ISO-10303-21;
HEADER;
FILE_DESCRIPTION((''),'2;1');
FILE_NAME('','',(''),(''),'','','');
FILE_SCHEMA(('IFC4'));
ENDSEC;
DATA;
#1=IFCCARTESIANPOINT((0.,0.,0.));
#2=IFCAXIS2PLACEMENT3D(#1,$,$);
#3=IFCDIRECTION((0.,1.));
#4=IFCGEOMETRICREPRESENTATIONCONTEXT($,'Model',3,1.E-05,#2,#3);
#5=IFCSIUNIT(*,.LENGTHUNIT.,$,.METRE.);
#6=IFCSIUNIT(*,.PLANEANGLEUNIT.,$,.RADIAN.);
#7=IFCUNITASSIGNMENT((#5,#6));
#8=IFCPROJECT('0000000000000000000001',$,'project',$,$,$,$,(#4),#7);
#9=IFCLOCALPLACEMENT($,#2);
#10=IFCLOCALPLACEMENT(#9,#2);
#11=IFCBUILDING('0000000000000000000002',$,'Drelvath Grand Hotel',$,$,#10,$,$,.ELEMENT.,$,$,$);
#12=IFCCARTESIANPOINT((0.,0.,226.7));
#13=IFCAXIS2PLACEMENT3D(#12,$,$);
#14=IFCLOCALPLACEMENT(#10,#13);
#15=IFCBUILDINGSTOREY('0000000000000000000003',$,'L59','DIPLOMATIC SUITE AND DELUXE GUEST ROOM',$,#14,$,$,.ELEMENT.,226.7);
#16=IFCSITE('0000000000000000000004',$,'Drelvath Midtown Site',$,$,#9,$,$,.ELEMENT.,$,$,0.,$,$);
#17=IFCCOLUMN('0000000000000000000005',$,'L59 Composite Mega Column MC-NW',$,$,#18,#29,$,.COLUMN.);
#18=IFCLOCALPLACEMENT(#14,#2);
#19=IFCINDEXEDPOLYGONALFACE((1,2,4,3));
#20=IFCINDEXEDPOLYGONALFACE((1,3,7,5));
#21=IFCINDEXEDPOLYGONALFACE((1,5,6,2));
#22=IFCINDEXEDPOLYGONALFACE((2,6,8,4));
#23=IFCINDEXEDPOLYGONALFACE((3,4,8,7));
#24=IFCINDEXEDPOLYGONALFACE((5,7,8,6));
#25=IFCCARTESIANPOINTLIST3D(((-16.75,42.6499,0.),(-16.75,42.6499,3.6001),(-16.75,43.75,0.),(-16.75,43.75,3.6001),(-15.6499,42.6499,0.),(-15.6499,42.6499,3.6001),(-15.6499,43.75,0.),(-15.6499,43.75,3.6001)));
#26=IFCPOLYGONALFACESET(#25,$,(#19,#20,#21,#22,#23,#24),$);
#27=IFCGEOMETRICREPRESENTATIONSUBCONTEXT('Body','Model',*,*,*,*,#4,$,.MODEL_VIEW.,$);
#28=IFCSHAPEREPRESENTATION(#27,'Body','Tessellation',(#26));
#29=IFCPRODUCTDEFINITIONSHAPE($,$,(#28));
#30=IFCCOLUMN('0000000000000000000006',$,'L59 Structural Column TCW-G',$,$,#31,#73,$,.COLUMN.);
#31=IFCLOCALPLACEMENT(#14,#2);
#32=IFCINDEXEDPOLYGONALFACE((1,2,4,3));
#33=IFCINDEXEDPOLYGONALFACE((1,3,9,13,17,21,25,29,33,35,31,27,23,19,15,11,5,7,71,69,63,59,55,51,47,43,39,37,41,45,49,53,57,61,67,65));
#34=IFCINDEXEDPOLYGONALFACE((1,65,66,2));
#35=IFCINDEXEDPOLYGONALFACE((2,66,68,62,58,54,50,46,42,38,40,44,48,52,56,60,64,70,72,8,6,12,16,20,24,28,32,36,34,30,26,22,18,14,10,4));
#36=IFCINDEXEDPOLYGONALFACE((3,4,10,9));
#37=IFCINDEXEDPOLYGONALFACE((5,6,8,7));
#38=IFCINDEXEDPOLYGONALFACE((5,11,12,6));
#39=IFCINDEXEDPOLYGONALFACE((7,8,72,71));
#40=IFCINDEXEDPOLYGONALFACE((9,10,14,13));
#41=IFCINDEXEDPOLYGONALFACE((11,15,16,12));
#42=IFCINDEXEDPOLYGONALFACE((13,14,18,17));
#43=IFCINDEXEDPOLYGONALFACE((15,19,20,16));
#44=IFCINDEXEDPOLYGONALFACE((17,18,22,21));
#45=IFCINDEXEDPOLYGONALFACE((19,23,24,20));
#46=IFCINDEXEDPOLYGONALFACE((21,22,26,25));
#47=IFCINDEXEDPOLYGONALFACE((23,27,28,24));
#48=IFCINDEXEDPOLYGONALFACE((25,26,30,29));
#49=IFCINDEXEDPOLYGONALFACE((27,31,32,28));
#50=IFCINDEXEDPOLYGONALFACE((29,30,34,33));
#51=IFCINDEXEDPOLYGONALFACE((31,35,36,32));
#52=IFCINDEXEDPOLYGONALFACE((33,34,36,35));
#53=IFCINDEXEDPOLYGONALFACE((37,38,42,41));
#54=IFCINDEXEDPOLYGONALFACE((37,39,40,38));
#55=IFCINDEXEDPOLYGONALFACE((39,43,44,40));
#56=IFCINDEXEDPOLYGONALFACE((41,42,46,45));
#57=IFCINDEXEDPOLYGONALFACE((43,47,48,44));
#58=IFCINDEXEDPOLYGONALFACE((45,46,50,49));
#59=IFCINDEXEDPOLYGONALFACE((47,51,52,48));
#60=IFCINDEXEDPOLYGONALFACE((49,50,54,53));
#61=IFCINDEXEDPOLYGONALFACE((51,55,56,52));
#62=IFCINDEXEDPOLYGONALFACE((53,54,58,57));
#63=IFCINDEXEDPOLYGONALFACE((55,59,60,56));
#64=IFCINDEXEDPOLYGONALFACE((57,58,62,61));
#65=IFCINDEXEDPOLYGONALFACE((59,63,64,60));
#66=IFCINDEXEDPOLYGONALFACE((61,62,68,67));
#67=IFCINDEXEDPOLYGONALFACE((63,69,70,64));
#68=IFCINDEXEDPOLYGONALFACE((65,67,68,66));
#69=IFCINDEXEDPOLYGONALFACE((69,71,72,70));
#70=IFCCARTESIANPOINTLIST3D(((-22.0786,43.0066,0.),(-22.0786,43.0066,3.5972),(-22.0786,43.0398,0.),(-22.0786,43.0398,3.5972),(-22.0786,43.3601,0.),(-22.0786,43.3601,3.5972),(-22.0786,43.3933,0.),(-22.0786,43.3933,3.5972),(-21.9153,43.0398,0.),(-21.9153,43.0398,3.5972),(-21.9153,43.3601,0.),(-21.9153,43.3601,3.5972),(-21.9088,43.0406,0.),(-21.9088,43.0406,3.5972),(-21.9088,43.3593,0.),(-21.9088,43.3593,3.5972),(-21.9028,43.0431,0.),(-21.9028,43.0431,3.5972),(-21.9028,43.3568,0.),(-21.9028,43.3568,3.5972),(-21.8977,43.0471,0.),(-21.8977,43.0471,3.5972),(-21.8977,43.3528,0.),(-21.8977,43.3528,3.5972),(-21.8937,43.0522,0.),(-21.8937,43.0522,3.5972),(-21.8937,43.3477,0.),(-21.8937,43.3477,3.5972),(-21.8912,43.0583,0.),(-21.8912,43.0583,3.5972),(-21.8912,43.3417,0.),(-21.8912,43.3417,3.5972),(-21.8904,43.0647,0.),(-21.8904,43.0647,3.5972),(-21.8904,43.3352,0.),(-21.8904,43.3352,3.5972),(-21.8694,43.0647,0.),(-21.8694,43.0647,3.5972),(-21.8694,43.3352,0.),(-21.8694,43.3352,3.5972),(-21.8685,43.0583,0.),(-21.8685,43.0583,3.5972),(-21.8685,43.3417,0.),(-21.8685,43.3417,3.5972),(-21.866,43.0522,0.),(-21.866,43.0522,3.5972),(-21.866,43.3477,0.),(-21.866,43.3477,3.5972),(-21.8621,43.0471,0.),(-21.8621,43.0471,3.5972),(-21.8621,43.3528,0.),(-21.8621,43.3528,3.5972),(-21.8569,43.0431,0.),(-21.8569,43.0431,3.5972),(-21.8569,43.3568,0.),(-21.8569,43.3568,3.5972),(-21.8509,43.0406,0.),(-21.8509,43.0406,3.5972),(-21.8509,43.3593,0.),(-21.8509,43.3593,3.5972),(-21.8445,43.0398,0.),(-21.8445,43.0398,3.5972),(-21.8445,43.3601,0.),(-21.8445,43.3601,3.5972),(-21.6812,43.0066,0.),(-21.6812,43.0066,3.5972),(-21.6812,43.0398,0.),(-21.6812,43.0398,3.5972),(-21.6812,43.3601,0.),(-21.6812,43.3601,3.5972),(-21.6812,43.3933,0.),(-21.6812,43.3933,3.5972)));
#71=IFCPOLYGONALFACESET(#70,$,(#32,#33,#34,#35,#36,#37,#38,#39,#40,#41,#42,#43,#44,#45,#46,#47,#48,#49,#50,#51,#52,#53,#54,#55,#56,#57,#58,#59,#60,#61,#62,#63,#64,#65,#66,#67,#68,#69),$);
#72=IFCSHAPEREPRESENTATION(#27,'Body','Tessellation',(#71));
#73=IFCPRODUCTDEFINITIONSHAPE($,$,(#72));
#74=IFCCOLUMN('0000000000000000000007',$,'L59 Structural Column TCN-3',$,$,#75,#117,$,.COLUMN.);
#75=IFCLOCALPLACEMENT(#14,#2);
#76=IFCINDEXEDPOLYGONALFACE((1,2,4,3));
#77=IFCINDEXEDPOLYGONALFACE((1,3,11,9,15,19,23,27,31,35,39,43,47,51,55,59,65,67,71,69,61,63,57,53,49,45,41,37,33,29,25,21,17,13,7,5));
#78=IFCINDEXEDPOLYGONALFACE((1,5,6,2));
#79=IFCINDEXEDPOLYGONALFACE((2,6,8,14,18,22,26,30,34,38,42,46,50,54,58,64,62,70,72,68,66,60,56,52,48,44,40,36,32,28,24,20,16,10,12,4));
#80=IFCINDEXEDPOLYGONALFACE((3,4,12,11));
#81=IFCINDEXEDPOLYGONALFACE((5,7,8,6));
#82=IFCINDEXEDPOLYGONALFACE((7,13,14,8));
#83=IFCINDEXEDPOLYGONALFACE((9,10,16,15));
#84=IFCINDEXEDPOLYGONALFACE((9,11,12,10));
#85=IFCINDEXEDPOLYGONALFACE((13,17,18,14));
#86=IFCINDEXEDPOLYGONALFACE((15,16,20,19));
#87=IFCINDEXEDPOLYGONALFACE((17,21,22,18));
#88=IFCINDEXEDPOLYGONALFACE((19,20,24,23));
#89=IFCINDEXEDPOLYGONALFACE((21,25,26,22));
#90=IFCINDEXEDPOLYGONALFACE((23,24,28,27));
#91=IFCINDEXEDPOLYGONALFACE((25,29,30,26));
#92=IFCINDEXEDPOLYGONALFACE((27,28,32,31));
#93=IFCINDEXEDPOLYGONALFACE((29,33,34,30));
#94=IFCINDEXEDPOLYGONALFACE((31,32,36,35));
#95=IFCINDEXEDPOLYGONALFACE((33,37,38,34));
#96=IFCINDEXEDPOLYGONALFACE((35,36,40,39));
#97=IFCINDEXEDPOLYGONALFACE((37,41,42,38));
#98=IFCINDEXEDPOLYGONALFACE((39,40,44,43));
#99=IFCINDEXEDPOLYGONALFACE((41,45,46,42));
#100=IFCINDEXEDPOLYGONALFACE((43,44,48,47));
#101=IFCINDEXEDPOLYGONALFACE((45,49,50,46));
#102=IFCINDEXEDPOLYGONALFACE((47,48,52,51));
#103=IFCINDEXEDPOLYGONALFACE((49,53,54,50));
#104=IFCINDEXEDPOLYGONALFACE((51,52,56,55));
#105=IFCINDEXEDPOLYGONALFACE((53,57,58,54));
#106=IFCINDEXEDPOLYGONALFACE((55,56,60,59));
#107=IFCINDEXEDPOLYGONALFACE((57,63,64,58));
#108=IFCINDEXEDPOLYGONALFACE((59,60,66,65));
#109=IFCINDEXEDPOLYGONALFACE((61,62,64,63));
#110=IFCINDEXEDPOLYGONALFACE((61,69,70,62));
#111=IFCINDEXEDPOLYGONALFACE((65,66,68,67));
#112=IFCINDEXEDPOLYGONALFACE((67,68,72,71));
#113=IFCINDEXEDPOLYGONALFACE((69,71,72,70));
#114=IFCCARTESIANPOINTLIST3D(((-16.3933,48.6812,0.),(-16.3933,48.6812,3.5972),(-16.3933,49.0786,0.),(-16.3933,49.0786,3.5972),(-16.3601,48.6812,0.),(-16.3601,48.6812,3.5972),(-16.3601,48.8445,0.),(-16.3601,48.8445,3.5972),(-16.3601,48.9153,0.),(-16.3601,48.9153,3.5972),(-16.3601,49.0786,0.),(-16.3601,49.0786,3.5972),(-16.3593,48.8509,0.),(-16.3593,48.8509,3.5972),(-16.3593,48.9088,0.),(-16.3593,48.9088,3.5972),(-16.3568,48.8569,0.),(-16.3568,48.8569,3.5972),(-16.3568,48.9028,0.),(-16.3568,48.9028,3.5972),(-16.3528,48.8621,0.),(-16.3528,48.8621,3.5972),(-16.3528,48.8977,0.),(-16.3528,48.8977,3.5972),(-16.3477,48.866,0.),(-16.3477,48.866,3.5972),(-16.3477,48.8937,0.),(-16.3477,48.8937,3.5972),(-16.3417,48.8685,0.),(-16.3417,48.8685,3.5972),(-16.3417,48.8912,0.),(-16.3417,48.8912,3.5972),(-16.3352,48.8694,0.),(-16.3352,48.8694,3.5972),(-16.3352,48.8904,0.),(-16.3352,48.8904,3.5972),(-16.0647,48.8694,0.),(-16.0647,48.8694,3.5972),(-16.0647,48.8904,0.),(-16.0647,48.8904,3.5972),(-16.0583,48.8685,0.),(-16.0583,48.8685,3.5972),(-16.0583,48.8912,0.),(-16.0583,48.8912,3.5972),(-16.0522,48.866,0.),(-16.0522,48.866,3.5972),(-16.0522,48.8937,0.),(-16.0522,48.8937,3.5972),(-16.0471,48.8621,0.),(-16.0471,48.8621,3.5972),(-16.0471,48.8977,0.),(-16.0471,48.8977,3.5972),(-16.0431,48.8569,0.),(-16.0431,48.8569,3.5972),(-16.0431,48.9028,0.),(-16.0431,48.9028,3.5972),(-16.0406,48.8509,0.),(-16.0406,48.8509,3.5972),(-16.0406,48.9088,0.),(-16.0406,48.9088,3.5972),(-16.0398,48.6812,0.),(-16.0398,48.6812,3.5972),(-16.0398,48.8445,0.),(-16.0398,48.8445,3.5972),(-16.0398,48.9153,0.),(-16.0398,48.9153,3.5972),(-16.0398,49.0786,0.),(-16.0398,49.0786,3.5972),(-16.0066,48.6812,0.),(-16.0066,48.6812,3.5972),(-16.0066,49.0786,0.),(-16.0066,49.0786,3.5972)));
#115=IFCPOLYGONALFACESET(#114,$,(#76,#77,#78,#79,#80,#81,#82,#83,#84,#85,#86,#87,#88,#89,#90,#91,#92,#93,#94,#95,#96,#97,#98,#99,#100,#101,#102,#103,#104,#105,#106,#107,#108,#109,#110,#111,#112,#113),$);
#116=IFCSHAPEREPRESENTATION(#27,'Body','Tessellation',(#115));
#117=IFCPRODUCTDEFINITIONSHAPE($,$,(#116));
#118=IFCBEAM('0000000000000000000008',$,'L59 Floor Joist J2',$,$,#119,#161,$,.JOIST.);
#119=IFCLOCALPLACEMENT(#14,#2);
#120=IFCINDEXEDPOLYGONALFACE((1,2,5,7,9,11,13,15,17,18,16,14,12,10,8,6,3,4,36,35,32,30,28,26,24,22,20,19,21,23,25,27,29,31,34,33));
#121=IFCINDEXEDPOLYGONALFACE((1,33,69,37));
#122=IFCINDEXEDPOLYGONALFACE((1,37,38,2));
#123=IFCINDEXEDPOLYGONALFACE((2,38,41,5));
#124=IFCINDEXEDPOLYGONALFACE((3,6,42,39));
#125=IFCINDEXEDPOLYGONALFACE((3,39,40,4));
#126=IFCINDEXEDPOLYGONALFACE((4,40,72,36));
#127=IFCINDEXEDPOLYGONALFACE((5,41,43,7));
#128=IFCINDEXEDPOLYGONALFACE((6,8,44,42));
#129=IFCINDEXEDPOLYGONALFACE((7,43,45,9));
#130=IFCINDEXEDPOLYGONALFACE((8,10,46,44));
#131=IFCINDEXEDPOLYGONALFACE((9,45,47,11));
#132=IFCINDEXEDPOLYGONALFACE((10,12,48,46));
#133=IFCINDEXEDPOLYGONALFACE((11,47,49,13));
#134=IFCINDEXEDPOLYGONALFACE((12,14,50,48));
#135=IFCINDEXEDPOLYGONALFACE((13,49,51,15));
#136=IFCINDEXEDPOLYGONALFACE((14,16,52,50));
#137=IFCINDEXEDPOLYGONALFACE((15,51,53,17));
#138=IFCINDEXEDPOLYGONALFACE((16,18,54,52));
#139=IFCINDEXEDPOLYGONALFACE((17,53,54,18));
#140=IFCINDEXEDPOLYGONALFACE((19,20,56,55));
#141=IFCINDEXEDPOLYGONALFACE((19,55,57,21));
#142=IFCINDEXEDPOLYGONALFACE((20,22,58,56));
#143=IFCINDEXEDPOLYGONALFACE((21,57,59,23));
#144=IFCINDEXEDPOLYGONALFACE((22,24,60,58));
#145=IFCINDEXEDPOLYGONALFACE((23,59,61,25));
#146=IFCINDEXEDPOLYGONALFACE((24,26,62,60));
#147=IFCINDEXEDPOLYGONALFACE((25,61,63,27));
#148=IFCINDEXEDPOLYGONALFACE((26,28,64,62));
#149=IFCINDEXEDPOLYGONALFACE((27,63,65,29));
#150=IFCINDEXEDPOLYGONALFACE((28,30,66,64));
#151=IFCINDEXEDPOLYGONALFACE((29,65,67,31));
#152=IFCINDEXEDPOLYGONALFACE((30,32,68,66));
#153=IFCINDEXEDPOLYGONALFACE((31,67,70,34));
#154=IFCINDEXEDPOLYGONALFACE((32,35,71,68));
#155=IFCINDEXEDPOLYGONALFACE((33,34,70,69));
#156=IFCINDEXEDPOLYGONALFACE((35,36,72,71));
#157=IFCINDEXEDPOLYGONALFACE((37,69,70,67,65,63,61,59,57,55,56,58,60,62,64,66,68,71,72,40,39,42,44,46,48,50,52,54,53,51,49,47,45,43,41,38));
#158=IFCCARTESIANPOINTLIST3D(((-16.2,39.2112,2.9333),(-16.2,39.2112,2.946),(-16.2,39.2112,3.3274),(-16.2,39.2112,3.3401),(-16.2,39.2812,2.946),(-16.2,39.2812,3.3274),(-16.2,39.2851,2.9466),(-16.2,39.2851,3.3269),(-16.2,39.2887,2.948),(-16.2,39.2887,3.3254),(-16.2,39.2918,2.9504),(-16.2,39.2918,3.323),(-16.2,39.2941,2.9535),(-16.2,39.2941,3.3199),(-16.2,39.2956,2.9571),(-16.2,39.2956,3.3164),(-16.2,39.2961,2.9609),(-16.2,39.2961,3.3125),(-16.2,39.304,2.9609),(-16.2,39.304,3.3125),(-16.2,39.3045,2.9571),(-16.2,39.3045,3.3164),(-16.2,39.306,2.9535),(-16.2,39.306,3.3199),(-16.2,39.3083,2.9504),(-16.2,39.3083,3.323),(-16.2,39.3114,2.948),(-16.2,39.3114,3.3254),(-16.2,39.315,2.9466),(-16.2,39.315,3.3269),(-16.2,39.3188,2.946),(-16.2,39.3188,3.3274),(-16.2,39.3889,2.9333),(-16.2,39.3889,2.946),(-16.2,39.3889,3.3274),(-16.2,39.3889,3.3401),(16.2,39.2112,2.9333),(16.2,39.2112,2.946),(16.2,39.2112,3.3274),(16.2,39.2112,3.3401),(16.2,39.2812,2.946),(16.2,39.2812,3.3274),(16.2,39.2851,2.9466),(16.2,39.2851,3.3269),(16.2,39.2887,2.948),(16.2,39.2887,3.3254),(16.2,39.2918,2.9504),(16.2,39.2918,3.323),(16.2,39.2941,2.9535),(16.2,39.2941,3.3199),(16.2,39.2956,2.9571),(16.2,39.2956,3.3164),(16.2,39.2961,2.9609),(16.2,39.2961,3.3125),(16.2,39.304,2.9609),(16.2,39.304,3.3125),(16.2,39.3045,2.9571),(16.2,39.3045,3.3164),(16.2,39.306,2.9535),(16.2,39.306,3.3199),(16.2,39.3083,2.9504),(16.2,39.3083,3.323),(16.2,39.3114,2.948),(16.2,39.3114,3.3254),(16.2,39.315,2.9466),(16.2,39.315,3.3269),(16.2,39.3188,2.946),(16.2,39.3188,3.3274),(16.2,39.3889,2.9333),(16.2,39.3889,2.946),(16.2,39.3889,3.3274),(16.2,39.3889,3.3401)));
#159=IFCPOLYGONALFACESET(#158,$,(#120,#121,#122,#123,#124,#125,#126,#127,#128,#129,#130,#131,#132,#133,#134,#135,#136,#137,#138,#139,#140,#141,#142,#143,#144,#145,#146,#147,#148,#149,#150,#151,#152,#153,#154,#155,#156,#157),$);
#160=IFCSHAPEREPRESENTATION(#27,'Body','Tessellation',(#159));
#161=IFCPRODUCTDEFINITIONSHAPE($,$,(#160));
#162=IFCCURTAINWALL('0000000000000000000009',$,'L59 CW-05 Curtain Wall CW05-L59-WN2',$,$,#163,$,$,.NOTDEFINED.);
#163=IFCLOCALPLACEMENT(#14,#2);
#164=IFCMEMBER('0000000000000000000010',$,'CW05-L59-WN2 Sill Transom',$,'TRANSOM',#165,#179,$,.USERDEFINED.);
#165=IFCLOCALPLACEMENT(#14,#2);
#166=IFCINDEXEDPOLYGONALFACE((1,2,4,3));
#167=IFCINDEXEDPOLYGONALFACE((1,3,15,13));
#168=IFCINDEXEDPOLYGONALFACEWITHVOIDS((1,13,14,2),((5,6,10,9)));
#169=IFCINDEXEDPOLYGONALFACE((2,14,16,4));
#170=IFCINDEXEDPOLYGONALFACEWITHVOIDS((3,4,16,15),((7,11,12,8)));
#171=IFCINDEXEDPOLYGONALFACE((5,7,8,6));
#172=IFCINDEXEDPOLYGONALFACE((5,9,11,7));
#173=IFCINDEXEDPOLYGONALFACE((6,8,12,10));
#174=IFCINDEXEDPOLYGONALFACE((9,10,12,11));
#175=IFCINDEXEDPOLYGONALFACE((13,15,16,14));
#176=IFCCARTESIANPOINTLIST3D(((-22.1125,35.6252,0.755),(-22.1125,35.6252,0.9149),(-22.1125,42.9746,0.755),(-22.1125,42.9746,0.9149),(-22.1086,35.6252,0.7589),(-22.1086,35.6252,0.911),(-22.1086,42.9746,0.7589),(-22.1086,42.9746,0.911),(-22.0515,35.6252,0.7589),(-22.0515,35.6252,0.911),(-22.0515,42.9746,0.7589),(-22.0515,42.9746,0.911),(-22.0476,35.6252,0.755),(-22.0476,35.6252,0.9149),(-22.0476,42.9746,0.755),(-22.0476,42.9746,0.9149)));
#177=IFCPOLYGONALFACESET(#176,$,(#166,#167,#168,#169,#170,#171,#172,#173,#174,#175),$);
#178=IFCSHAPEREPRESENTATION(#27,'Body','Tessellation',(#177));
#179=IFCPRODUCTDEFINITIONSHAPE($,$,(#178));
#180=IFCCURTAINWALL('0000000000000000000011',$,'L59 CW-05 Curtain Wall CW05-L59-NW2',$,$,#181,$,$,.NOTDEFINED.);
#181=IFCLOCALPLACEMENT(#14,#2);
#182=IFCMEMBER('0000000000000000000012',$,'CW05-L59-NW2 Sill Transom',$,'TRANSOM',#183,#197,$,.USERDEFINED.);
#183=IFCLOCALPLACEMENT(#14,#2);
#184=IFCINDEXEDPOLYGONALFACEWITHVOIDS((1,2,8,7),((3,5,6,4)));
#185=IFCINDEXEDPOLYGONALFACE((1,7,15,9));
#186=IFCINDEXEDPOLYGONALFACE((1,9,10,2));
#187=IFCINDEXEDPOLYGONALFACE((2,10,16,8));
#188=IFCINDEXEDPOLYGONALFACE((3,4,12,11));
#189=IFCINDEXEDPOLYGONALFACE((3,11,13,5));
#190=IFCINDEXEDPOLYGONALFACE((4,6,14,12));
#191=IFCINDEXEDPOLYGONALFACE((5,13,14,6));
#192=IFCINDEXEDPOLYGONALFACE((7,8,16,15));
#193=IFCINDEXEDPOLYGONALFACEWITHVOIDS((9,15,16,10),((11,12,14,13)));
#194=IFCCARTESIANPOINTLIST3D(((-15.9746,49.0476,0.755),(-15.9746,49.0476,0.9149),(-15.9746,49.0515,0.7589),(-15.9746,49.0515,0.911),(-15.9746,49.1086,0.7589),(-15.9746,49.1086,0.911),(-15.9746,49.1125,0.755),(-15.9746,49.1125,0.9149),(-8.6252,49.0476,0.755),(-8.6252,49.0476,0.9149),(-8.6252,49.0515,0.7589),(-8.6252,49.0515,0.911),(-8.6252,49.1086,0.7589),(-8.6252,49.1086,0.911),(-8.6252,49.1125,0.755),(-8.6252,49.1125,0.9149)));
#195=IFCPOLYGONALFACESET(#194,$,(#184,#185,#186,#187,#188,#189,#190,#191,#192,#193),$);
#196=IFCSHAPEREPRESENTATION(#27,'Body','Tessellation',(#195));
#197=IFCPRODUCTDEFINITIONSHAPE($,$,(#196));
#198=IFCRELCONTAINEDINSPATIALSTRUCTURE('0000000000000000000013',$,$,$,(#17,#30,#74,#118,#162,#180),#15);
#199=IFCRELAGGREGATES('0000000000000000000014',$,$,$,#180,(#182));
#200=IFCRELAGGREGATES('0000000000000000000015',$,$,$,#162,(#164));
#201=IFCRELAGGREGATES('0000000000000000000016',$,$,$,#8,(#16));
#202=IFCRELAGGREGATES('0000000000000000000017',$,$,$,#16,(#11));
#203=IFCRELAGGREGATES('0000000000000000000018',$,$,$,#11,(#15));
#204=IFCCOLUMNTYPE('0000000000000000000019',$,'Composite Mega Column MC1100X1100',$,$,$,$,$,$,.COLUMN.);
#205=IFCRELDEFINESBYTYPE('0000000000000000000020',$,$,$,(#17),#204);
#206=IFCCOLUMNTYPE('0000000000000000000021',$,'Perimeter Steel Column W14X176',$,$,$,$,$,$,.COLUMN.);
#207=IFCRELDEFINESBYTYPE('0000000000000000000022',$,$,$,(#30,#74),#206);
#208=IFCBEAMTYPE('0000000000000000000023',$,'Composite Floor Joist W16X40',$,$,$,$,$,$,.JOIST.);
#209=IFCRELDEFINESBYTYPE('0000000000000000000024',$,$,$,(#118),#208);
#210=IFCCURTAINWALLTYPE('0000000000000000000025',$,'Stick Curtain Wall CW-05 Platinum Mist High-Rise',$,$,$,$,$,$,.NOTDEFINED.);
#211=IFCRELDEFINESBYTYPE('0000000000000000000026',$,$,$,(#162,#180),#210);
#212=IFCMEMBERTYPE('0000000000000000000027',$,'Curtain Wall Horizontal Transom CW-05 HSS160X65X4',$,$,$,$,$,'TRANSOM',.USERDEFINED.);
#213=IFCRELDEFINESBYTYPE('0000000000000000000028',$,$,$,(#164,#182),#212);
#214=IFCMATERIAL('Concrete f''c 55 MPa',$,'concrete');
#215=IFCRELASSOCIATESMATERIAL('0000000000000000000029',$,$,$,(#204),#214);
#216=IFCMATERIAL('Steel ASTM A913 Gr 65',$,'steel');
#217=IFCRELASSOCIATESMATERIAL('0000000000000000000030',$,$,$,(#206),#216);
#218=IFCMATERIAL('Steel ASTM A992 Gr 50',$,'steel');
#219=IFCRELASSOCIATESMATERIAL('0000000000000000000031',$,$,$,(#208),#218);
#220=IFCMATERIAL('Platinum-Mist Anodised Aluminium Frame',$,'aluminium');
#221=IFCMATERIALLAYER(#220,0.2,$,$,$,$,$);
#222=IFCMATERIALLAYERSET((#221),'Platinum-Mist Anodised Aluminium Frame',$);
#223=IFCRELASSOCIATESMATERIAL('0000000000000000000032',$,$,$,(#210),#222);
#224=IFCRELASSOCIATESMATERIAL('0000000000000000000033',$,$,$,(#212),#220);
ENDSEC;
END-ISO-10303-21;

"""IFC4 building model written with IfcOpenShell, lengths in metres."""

from ifc_helpers import new_model, si_unit, direction, frame, origin, origin_2d, place, context, subcontext, project, spatial, rectangle, hollow_rectangle, i_section, extrude, material, layer, layer_set, material_profile, profile_set, type_object, element, aggregate, save


model = new_model("IFC4")

# Units and contexts
model_context = context("Model", 3, precision=1e-05, world=origin(), true_north=direction((0.0, 1.0)))
body_context = subcontext(model_context, "Body", "Model", "MODEL_VIEW")
ifc_project = project(units=[si_unit("LENGTHUNIT", "METRE"), si_unit("PLANEANGLEUNIT", "RADIAN")], contexts=[model_context])

# Site, building, storey
site_placement = place(None, origin())
site = spatial("IfcSite", under=ifc_project, at=site_placement, Name="Drelvath Midtown Site", CompositionType="ELEMENT", RefElevation=0.0)
building_placement = place(site_placement, origin())
building = spatial("IfcBuilding", under=site, at=building_placement, Name="Drelvath Grand Hotel", CompositionType="ELEMENT")
storey_placement = place(building_placement, frame((0.0, 0.0, 226.7)))
storey = spatial("IfcBuildingStorey", under=building, at=storey_placement, Name="L59", Description="DIPLOMATIC SUITE AND DELUXE GUEST ROOM", CompositionType="ELEMENT", Elevation=226.7)

# Columns
ifc_material_1 = material(Name="Concrete f'c 55 MPa", Category="concrete")
ifc_material_profile_1 = material_profile(ifc_material_1, rectangle(XDim=1.1001, YDim=1.1001, at=origin_2d()), Name="MC1100X1100")
ifc_profile_set_1 = profile_set([ifc_material_profile_1], Name="Concrete f'c 55 MPa")
column_type_1 = type_object("IfcColumnType", Name="Composite Mega Column MC1100X1100", PredefinedType="COLUMN", material=ifc_profile_set_1)
column_placement = place(storey_placement, frame((-16.2, 43.2, 0.0), z_axis=(0.0, 0.0, 1.0), x_axis=(1.0, 0.0, 0.0)))
element("IfcColumn", 1, at=column_placement, inside=storey, type_object=column_type_1, Name="L59 Composite Mega Column MC-NW", PredefinedType="COLUMN", context=body_context, shape_type="SweptSolid", body=[
    extrude(rectangle(XDim=1.1001, YDim=1.1001, at=origin_2d()), origin(), (0.0, 0.0, 1.0), 3.6001),
])
ifc_material_2 = material(Name="Steel ASTM A913 Gr 65", Category="steel")
ifc_material_profile_2 = material_profile(ifc_material_2, i_section(OverallWidth=0.3975, OverallDepth=0.3867, WebThickness=0.021, FlangeThickness=0.0332, FilletRadius=0.0249, at=origin_2d()), Name="W14X176")
ifc_profile_set_2 = profile_set([ifc_material_profile_2], Name="Steel ASTM A913 Gr 65")
column_type_2 = type_object("IfcColumnType", Name="Perimeter Steel Column W14X176", PredefinedType="COLUMN", material=ifc_profile_set_2)
for number, where, z_axis, x_axis, name in (
    (2, (-21.8799, 43.2, 0.0), (0.0, 0.0, 1.0), (1.0, 0.0, 0.0), "L59 Structural Column TCW-G"),
    (3, (-16.2, 48.8799, 0.0), (0.0, 0.0, 1.0), (0.0, 1.0, 0.0), "L59 Structural Column TCN-3"),
):
    element("IfcColumn", number, at=place(storey_placement, frame(where, z_axis=z_axis, x_axis=x_axis)), inside=storey, type_object=column_type_2, Name=name, PredefinedType="COLUMN", context=body_context, shape_type="SweptSolid", body=[
        extrude(i_section(OverallWidth=0.3975, OverallDepth=0.3867, WebThickness=0.021, FlangeThickness=0.0332, FilletRadius=0.0249, at=origin_2d()), origin(), (0.0, 0.0, 1.0), 3.5972),
    ])

# Beam
ifc_material_3 = material(Name="Steel ASTM A992 Gr 50", Category="steel")
ifc_material_profile_3 = material_profile(ifc_material_3, i_section(OverallWidth=0.1777, OverallDepth=0.4067, WebThickness=0.0078, FlangeThickness=0.0127, FilletRadius=0.0149, at=origin_2d()), Name="W16X40")
ifc_profile_set_3 = profile_set([ifc_material_profile_3], Name="Steel ASTM A992 Gr 50")
beam_type_1 = type_object("IfcBeamType", Name="Composite Floor Joist W16X40", PredefinedType="JOIST", material=ifc_profile_set_3)
beam_1_placement = place(storey_placement, frame((-16.2, 39.3, 3.1367), z_axis=(1.0, 0.0, 0.0), x_axis=(0.0, 1.0, 0.0)))
element("IfcBeam", 4, at=beam_1_placement, inside=storey, type_object=beam_type_1, Name="L59 Floor Joist J2", PredefinedType="JOIST", context=body_context, shape_type="SweptSolid", body=[
    extrude(i_section(OverallWidth=0.1777, OverallDepth=0.4067, WebThickness=0.0078, FlangeThickness=0.0127, FilletRadius=0.0149, at=origin_2d()), origin(), (0.0, 0.0, 1.0), 32.3999),
])

# Curtain walls, members
ifc_material_4 = material(Name="Platinum-Mist Anodised Aluminium Frame", Category="aluminium")
ifc_layer_1 = layer(ifc_material_4, 0.2)
ifc_layer_set_1 = layer_set([ifc_layer_1], Name="Platinum-Mist Anodised Aluminium Frame")
curtain_wall_type = type_object("IfcCurtainWallType", Name="Stick Curtain Wall CW-05 Platinum Mist High-Rise", PredefinedType="NOTDEFINED", material=ifc_layer_set_1)
curtain_wall_1_placement = place(storey_placement, origin())
curtain_wall_1 = element("IfcCurtainWall", 5, at=curtain_wall_1_placement, inside=storey, type_object=curtain_wall_type, Name="L59 CW-05 Curtain Wall CW05-L59-WN2", PredefinedType="NOTDEFINED")
ifc_material_profile_4 = material_profile(ifc_material_4, hollow_rectangle(XDim=0.0649, YDim=0.1599, WallThickness=0.0039, at=origin_2d()), Name="HSS160X65X4")
ifc_profile_set_4 = profile_set([ifc_material_profile_4], Name="Platinum-Mist Anodised Aluminium Frame")
member_type_1 = type_object("IfcMemberType", Name="Curtain Wall Horizontal Transom CW-05 HSS160X65X4", ElementType="TRANSOM", PredefinedType="USERDEFINED", material=ifc_profile_set_4)
member_1_placement = place(storey_placement, frame((-22.0801, 35.6252, 0.835), z_axis=(0.0, 1.0, 0.0), x_axis=(-1.0, 0.0, 0.0)))
member_1 = element("IfcMember", 6, at=member_1_placement, type_object=member_type_1, Name="CW05-L59-WN2 Sill Transom", ObjectType="TRANSOM", PredefinedType="USERDEFINED", context=body_context, shape_type="SweptSolid", body=[
    extrude(hollow_rectangle(XDim=0.0649, YDim=0.1599, WallThickness=0.0039, at=origin_2d()), origin(), (0.0, 0.0, 1.0), 7.3494),
])
curtain_wall_2_placement = place(storey_placement, origin())
curtain_wall_2 = element("IfcCurtainWall", 7, at=curtain_wall_2_placement, inside=storey, type_object=curtain_wall_type, Name="L59 CW-05 Curtain Wall CW05-L59-NW2", PredefinedType="NOTDEFINED")
member_2_placement = place(storey_placement, frame((-15.9746, 49.0801, 0.835), z_axis=(1.0, 0.0, 0.0), x_axis=(0.0, 1.0, 0.0)))
member_2 = element("IfcMember", 8, at=member_2_placement, type_object=member_type_1, Name="CW05-L59-NW2 Sill Transom", ObjectType="TRANSOM", PredefinedType="USERDEFINED", context=body_context, shape_type="SweptSolid", body=[
    extrude(hollow_rectangle(XDim=0.0649, YDim=0.1599, WallThickness=0.0039, at=origin_2d()), origin(), (0.0, 0.0, 1.0), 7.3494),
])

aggregate(curtain_wall_2, [member_2])

aggregate(curtain_wall_1, [member_1])

save(model, "model.ifc")
